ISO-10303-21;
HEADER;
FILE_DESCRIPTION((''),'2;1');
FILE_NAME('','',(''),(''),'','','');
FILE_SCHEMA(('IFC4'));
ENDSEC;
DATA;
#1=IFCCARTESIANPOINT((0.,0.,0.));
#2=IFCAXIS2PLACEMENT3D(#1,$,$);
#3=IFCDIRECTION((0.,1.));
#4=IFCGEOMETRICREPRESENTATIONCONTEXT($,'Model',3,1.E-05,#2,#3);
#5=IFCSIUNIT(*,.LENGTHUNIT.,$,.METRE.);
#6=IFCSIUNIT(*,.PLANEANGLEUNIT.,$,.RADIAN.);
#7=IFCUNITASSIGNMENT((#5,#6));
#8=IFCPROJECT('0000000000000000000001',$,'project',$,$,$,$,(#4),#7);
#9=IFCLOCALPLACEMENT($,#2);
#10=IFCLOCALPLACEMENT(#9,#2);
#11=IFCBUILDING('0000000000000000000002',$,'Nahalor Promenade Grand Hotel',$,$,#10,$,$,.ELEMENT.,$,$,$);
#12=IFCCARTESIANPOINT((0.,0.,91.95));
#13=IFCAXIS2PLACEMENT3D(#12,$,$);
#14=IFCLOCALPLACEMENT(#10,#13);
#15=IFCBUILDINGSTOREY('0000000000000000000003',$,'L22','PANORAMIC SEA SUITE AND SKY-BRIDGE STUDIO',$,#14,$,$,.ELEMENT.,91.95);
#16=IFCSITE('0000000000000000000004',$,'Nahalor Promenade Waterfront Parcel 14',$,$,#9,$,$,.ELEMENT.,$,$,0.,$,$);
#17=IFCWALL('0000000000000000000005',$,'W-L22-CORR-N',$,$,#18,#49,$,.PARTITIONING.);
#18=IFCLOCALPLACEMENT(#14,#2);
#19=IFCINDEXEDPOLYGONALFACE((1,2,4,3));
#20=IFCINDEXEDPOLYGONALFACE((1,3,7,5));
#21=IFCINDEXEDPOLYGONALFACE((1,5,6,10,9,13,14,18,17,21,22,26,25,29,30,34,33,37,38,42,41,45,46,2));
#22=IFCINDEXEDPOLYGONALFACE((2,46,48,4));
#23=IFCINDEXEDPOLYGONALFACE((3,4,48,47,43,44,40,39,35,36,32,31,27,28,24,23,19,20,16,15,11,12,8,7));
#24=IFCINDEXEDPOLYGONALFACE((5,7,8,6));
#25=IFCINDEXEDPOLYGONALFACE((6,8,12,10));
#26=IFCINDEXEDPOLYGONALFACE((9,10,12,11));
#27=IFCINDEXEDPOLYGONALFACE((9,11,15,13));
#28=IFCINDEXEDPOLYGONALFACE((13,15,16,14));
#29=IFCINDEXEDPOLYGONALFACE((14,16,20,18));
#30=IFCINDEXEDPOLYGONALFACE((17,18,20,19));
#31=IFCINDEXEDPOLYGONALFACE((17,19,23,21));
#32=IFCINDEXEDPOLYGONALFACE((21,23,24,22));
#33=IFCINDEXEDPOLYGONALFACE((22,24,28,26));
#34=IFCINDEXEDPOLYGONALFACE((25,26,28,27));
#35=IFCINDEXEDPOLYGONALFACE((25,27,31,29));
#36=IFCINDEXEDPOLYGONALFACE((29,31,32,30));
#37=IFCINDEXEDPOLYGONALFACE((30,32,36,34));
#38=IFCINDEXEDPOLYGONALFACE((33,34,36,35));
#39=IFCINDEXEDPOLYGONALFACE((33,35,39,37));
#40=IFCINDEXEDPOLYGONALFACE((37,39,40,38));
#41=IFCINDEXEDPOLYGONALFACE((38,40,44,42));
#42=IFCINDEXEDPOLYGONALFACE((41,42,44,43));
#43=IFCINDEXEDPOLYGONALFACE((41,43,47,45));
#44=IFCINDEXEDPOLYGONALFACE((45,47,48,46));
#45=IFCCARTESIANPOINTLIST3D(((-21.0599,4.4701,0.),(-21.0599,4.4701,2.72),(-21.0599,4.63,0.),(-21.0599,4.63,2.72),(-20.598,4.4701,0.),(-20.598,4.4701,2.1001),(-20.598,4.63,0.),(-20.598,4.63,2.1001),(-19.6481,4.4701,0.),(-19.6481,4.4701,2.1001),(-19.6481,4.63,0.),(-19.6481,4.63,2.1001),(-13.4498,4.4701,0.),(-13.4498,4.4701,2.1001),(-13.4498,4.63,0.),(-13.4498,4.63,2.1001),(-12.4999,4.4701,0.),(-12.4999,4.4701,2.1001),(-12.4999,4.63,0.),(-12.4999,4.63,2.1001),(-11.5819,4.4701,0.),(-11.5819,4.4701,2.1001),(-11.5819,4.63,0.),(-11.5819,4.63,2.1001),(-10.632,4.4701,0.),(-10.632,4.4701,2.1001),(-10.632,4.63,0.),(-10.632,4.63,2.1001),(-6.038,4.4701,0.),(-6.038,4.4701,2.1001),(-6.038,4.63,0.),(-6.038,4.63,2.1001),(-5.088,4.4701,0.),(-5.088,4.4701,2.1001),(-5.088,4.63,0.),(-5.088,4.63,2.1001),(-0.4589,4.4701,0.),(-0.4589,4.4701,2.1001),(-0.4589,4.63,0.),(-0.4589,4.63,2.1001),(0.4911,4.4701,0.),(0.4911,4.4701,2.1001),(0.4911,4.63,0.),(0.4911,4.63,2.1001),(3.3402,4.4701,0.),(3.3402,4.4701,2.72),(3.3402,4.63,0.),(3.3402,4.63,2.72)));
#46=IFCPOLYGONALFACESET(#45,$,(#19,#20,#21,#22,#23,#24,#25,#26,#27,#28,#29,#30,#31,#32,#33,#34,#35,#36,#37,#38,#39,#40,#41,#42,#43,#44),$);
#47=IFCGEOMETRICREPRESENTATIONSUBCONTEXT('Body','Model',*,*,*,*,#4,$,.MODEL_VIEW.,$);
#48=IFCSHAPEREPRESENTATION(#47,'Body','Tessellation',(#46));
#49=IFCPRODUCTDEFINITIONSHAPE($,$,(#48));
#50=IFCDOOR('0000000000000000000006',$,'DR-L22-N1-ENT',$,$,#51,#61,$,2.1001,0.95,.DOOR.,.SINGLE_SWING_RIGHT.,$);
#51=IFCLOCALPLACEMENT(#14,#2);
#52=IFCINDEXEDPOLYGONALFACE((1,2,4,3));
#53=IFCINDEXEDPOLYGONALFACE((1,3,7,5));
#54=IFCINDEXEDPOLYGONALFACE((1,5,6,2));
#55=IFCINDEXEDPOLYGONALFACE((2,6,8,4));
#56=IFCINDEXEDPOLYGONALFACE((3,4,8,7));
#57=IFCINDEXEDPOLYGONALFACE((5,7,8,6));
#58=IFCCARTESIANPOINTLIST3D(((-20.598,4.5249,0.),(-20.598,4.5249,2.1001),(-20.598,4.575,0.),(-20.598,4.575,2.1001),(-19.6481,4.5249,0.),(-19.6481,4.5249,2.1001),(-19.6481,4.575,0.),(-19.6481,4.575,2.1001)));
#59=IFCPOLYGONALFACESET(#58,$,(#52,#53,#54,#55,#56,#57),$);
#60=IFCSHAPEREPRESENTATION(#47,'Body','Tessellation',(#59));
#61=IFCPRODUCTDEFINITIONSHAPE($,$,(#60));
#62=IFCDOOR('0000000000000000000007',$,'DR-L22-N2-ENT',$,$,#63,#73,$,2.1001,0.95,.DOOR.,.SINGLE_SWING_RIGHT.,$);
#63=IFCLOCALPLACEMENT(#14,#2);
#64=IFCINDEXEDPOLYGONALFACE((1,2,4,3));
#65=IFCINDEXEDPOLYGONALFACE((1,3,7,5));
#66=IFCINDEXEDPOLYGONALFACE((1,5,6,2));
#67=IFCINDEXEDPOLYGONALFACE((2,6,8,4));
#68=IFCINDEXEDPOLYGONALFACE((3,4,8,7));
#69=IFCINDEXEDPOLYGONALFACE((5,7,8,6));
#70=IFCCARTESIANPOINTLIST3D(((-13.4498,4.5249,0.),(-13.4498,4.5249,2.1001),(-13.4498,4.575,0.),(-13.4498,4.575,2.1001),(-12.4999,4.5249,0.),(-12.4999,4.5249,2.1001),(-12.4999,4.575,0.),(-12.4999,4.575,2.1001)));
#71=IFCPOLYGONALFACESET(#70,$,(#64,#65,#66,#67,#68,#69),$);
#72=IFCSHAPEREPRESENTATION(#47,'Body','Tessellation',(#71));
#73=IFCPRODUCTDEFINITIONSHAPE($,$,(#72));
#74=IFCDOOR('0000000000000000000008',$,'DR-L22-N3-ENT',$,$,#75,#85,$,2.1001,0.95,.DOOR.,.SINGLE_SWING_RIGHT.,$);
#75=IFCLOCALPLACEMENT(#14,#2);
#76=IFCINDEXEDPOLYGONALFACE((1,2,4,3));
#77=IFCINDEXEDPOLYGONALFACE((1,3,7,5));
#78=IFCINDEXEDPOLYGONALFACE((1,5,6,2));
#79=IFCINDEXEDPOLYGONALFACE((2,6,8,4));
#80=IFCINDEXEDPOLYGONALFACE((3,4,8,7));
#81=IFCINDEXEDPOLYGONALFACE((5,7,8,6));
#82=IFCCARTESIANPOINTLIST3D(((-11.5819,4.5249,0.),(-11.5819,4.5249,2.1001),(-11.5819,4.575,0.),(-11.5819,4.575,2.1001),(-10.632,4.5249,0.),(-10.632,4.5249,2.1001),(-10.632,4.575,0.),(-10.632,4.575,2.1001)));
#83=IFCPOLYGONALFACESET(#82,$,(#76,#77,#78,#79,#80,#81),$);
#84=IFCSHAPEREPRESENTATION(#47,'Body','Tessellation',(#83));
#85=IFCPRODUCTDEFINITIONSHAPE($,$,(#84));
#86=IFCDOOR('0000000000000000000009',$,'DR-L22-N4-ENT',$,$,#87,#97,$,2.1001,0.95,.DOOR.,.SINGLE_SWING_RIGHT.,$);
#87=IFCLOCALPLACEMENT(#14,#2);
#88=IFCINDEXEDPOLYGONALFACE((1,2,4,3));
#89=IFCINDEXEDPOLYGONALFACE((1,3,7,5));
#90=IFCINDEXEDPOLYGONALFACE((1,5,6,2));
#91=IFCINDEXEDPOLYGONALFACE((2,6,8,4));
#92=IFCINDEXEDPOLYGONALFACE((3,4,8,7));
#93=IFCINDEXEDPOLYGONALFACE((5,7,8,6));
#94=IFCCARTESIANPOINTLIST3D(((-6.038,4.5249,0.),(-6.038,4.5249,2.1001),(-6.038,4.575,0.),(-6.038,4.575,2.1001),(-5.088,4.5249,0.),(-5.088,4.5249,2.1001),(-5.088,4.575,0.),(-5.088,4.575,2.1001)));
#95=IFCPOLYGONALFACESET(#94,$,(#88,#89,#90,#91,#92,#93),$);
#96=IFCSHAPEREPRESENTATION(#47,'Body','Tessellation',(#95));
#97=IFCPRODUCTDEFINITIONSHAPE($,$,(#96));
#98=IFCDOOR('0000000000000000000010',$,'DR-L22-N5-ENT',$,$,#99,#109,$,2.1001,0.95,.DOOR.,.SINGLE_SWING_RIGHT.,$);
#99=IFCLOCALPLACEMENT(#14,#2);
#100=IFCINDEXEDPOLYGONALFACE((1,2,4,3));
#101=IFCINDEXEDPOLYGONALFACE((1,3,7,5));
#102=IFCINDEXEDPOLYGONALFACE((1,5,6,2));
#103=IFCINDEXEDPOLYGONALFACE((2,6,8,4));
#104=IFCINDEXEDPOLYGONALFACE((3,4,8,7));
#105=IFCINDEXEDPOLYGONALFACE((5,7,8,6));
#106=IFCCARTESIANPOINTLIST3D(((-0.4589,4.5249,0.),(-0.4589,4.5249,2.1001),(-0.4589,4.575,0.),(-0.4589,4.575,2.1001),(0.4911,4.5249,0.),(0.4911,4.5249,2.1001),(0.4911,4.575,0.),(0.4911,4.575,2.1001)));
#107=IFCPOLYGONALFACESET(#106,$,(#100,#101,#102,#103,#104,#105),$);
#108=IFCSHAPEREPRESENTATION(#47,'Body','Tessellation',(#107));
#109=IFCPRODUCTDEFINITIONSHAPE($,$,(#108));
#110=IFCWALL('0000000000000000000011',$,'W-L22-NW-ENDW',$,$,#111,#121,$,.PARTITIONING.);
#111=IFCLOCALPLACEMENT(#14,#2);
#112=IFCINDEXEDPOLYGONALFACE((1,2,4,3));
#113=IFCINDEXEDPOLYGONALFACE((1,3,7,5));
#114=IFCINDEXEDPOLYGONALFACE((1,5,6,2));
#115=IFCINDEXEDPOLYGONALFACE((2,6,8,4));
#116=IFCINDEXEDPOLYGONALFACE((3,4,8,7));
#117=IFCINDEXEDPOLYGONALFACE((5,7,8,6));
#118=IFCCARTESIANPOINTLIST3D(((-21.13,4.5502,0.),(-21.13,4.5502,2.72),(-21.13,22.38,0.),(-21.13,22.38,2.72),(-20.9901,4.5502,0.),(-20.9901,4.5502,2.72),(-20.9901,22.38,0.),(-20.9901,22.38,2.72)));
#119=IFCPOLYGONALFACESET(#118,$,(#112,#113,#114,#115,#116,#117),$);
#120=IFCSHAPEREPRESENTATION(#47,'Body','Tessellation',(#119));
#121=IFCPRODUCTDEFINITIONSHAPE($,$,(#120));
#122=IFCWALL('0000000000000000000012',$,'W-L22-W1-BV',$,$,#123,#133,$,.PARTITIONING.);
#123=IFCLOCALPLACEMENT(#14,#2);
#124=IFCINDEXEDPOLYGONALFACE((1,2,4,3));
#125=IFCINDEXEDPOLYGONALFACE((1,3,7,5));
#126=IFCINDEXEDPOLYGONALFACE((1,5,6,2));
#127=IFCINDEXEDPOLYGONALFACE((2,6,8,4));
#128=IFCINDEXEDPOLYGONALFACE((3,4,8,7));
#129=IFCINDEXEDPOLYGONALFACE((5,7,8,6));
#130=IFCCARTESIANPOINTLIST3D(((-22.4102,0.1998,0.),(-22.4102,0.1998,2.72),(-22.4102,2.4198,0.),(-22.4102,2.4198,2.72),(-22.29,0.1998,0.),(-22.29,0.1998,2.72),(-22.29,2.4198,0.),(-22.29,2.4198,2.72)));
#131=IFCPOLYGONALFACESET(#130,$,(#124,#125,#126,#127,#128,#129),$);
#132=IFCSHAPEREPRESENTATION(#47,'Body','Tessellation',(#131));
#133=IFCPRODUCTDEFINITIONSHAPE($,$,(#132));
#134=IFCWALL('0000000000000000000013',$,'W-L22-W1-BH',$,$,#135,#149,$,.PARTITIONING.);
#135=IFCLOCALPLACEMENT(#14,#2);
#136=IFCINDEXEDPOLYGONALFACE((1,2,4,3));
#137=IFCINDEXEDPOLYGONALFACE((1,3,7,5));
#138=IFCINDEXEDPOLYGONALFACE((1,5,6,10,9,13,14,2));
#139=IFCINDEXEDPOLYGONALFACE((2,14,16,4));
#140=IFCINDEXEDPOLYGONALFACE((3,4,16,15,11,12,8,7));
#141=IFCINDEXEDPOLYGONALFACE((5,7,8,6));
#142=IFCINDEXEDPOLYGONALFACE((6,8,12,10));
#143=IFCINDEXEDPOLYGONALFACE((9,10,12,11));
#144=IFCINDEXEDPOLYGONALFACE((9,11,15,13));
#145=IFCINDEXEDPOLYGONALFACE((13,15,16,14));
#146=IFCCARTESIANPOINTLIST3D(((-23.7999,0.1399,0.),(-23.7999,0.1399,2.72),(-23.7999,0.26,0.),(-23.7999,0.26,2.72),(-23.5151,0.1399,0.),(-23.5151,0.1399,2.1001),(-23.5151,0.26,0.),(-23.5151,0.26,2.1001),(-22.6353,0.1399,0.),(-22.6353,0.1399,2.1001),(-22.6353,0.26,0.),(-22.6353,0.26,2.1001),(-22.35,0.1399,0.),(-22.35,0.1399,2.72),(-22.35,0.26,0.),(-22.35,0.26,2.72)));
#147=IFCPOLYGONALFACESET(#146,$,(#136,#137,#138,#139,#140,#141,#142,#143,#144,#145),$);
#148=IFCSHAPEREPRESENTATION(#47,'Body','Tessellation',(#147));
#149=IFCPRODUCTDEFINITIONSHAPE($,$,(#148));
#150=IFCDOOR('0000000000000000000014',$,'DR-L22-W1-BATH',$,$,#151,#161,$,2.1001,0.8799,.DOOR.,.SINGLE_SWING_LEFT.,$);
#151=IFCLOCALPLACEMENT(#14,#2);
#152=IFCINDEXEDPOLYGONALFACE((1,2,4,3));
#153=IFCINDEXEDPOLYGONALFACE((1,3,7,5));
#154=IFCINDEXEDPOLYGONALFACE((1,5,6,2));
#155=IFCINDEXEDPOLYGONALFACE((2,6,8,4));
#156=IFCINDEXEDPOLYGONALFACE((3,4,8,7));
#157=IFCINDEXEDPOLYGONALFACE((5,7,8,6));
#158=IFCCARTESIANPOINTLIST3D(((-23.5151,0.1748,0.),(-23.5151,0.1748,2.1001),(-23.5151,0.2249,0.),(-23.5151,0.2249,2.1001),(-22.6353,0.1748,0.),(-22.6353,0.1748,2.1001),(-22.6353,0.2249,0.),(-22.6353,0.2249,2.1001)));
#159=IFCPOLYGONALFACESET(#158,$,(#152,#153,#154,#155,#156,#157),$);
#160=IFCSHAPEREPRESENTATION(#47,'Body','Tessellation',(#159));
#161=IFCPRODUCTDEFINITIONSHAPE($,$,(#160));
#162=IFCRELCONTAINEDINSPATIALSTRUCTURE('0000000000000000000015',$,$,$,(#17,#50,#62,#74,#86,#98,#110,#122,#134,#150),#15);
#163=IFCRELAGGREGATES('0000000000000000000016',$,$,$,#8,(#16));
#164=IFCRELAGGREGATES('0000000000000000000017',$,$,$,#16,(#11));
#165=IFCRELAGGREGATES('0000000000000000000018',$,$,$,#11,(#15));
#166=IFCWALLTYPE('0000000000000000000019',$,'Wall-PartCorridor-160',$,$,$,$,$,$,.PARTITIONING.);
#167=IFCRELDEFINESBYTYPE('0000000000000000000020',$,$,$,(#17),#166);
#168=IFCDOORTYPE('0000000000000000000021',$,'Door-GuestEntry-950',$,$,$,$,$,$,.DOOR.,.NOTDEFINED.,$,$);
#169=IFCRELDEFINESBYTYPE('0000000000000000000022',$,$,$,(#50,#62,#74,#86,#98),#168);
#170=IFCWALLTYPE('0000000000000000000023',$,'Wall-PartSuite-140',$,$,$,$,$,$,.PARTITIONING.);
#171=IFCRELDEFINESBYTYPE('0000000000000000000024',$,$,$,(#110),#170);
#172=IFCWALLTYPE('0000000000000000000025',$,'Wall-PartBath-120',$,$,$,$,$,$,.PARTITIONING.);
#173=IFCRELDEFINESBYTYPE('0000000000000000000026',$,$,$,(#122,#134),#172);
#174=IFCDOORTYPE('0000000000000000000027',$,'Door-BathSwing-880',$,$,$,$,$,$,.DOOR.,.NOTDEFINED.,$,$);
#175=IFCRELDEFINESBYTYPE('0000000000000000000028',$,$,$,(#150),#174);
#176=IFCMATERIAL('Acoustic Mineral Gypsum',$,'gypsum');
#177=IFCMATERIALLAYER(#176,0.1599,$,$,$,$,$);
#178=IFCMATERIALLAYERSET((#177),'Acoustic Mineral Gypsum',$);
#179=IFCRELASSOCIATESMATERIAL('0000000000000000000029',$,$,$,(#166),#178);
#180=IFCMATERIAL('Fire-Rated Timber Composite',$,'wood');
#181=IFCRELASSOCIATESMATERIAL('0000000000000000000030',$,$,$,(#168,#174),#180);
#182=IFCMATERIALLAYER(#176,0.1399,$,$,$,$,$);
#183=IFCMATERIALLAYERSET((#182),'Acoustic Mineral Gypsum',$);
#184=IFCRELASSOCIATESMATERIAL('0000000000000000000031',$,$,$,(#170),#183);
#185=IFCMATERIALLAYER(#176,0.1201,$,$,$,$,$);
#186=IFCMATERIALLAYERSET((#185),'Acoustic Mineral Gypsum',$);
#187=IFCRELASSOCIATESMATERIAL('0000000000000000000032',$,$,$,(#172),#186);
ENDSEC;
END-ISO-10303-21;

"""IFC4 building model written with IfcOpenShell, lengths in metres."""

from ifc_helpers import new_model, si_unit, direction, frame, frame_2d, origin, place, context, subcontext, project, spatial, rectangle, extrude, source, transform, mapped, material, layer, layer_set, type_object, element, fill, save


model = new_model("IFC4")

# Units and contexts
model_context = context("Model", 3, precision=1e-05, world=origin(), true_north=direction((0.0, 1.0)))
body_context = subcontext(model_context, "Body", "Model", "MODEL_VIEW")
ifc_project = project(units=[si_unit("LENGTHUNIT", "METRE"), si_unit("PLANEANGLEUNIT", "RADIAN")], contexts=[model_context])

# Site, building, storey
site_placement = place(None, origin())
site = spatial("IfcSite", under=ifc_project, at=site_placement, Name="Nahalor Promenade Waterfront Parcel 14", CompositionType="ELEMENT", RefElevation=0.0)
building_placement = place(site_placement, origin())
building = spatial("IfcBuilding", under=site, at=building_placement, Name="Nahalor Promenade Grand Hotel", CompositionType="ELEMENT")
storey_placement = place(building_placement, frame((0.0, 0.0, 91.95)))
storey = spatial("IfcBuildingStorey", under=building, at=storey_placement, Name="L22", Description="PANORAMIC SEA SUITE AND SKY-BRIDGE STUDIO", CompositionType="ELEMENT", Elevation=91.95)

# Wall, openings, doors
ifc_material_1 = material(Name="Acoustic Mineral Gypsum", Category="gypsum")
ifc_layer_1 = layer(ifc_material_1, 0.1599)
ifc_layer_set_1 = layer_set([ifc_layer_1], Name="Acoustic Mineral Gypsum")
wall_type_1 = type_object("IfcWallType", Name="Wall-PartCorridor-160", PredefinedType="PARTITIONING", material=ifc_layer_set_1)
shared_shape_1 = source(origin(), body_context, "Body", "SweptSolid", [
    extrude(rectangle(XDim=24.4001, YDim=0.1599, at=frame_2d((12.2002, 0.0))), origin(), (0.0, 0.0, 1.0), 2.72),
])
wall_1_placement = place(storey_placement, frame((-21.0601, 4.55, 0.0), z_axis=(0.0, 0.0, 1.0), x_axis=(1.0, 0.0, 0.0)))
wall_1 = element("IfcWall", 1, at=wall_1_placement, inside=storey, type_object=wall_type_1, Name="W-L22-CORR-N", PredefinedType="PARTITIONING", context=body_context, shape_type="MappedRepresentation", body=[
    mapped(shared_shape_1, transform((0.0, 0.0, 0.0), scale=1.0)),
])
opening_1_placement = place(wall_1_placement, frame((0.4619, 0.0, 0.0)))
opening_1 = element("IfcOpeningElement", 2, at=opening_1_placement, cuts=wall_1, PredefinedType="OPENING", context=body_context, shape_type="SweptSolid", body=[
    extrude(rectangle(XDim=0.95, YDim=2.1001, at=frame_2d((0.4751, 1.05))), frame((0.0, 0.0898, 0.0), z_axis=(0.0, -1.0, 0.0), x_axis=(1.0, 0.0, 0.0)), (0.0, 0.0, 1.0), 0.1799),
])
opening_2_placement = place(wall_1_placement, frame((7.6101, 0.0, 0.0)))
opening_2 = element("IfcOpeningElement", 3, at=opening_2_placement, cuts=wall_1, PredefinedType="OPENING", context=body_context, shape_type="SweptSolid", body=[
    extrude(rectangle(XDim=0.95, YDim=2.1001, at=frame_2d((0.4751, 1.05))), frame((0.0, 0.0898, 0.0), z_axis=(0.0, -1.0, 0.0), x_axis=(1.0, 0.0, 0.0)), (0.0, 0.0, 1.0), 0.1799),
])
opening_3_placement = place(wall_1_placement, frame((9.478, 0.0, 0.0)))
opening_3 = element("IfcOpeningElement", 4, at=opening_3_placement, cuts=wall_1, PredefinedType="OPENING", context=body_context, shape_type="SweptSolid", body=[
    extrude(rectangle(XDim=0.95, YDim=2.1001, at=frame_2d((0.4751, 1.05))), frame((0.0, 0.0898, 0.0), z_axis=(0.0, -1.0, 0.0), x_axis=(1.0, 0.0, 0.0)), (0.0, 0.0, 1.0), 0.1799),
])
opening_4_placement = place(wall_1_placement, frame((15.022, 0.0, 0.0)))
opening_4 = element("IfcOpeningElement", 5, at=opening_4_placement, cuts=wall_1, PredefinedType="OPENING", context=body_context, shape_type="SweptSolid", body=[
    extrude(rectangle(XDim=0.95, YDim=2.1001, at=frame_2d((0.4751, 1.05))), frame((0.0, 0.0898, 0.0), z_axis=(0.0, -1.0, 0.0), x_axis=(1.0, 0.0, 0.0)), (0.0, 0.0, 1.0), 0.1799),
])
opening_5_placement = place(wall_1_placement, frame((20.6011, 0.0, 0.0)))
opening_5 = element("IfcOpeningElement", 6, at=opening_5_placement, cuts=wall_1, PredefinedType="OPENING", context=body_context, shape_type="SweptSolid", body=[
    extrude(rectangle(XDim=0.95, YDim=2.1001, at=frame_2d((0.4751, 1.05))), frame((0.0, 0.0898, 0.0), z_axis=(0.0, -1.0, 0.0), x_axis=(1.0, 0.0, 0.0)), (0.0, 0.0, 1.0), 0.1799),
])
ifc_material_2 = material(Name="Fire-Rated Timber Composite", Category="wood")
door_type_1 = type_object("IfcDoorType", Name="Door-GuestEntry-950", OperationType="NOTDEFINED", PredefinedType="DOOR", material=ifc_material_2)
shared_shape_2 = source(origin(), body_context, "Body", "SweptSolid", [
    extrude(rectangle(XDim=0.95, YDim=2.1001, at=frame_2d((0.4751, 1.05))), frame((0.0, 0.0249, 0.0), z_axis=(0.0, -1.0, 0.0), x_axis=(1.0, 0.0, 0.0)), (0.0, 0.0, 1.0), 0.05),
])
door_1_placement = place(opening_1_placement, origin())
door_1 = element("IfcDoor", 7, at=door_1_placement, inside=storey, type_object=door_type_1, Name="DR-L22-N1-ENT", OperationType="SINGLE_SWING_RIGHT", OverallHeight=2.1001, OverallWidth=0.95, PredefinedType="DOOR", context=body_context, shape_type="MappedRepresentation", body=[
    mapped(shared_shape_2, transform((0.0, 0.0, 0.0), scale=1.0)),
])
fill(opening_1, door_1)
door_2_placement = place(opening_2_placement, origin())
door_2 = element("IfcDoor", 8, at=door_2_placement, inside=storey, type_object=door_type_1, Name="DR-L22-N2-ENT", OperationType="SINGLE_SWING_RIGHT", OverallHeight=2.1001, OverallWidth=0.95, PredefinedType="DOOR", context=body_context, shape_type="MappedRepresentation", body=[
    mapped(shared_shape_2, transform((0.0, 0.0, 0.0), scale=1.0)),
])
fill(opening_2, door_2)
door_3_placement = place(opening_3_placement, origin())
door_3 = element("IfcDoor", 9, at=door_3_placement, inside=storey, type_object=door_type_1, Name="DR-L22-N3-ENT", OperationType="SINGLE_SWING_RIGHT", OverallHeight=2.1001, OverallWidth=0.95, PredefinedType="DOOR", context=body_context, shape_type="MappedRepresentation", body=[
    mapped(shared_shape_2, transform((0.0, 0.0, 0.0), scale=1.0)),
])
fill(opening_3, door_3)
door_4_placement = place(opening_4_placement, origin())
door_4 = element("IfcDoor", 10, at=door_4_placement, inside=storey, type_object=door_type_1, Name="DR-L22-N4-ENT", OperationType="SINGLE_SWING_RIGHT", OverallHeight=2.1001, OverallWidth=0.95, PredefinedType="DOOR", context=body_context, shape_type="MappedRepresentation", body=[
    mapped(shared_shape_2, transform((0.0, 0.0, 0.0), scale=1.0)),
])
fill(opening_4, door_4)
door_5_placement = place(opening_5_placement, origin())
door_5 = element("IfcDoor", 11, at=door_5_placement, inside=storey, type_object=door_type_1, Name="DR-L22-N5-ENT", OperationType="SINGLE_SWING_RIGHT", OverallHeight=2.1001, OverallWidth=0.95, PredefinedType="DOOR", context=body_context, shape_type="MappedRepresentation", body=[
    mapped(shared_shape_2, transform((0.0, 0.0, 0.0), scale=1.0)),
])
fill(opening_5, door_5)

# Walls
ifc_layer_2 = layer(ifc_material_1, 0.1399)
ifc_layer_set_2 = layer_set([ifc_layer_2], Name="Acoustic Mineral Gypsum")
wall_type_2 = type_object("IfcWallType", Name="Wall-PartSuite-140", PredefinedType="PARTITIONING", material=ifc_layer_set_2)
shared_shape_3 = source(origin(), body_context, "Body", "SweptSolid", [
    extrude(rectangle(XDim=17.8298, YDim=0.1399, at=frame_2d((8.915, 0.0))), origin(), (0.0, 0.0, 1.0), 2.72),
])
wall_2_placement = place(storey_placement, frame((-21.0601, 4.55, 0.0), z_axis=(0.0, 0.0, 1.0), x_axis=(0.0, 1.0, 0.0)))
element("IfcWall", 12, at=wall_2_placement, inside=storey, type_object=wall_type_2, Name="W-L22-NW-ENDW", PredefinedType="PARTITIONING", context=body_context, shape_type="MappedRepresentation", body=[
    mapped(shared_shape_3, transform((0.0, 0.0, 0.0), scale=1.0)),
])
ifc_layer_3 = layer(ifc_material_1, 0.1201)
ifc_layer_set_3 = layer_set([ifc_layer_3], Name="Acoustic Mineral Gypsum")
wall_type_3 = type_object("IfcWallType", Name="Wall-PartBath-120", PredefinedType="PARTITIONING", material=ifc_layer_set_3)
shared_shape_4 = source(origin(), body_context, "Body", "SweptSolid", [
    extrude(rectangle(XDim=2.22, YDim=0.1201, at=frame_2d((1.1099, 0.0))), origin(), (0.0, 0.0, 1.0), 2.72),
])
wall_3_placement = place(storey_placement, frame((-22.3501, 0.2, 0.0), z_axis=(0.0, 0.0, 1.0), x_axis=(0.0, 1.0, 0.0)))
element("IfcWall", 13, at=wall_3_placement, inside=storey, type_object=wall_type_3, Name="W-L22-W1-BV", PredefinedType="PARTITIONING", context=body_context, shape_type="MappedRepresentation", body=[
    mapped(shared_shape_4, transform((0.0, 0.0, 0.0), scale=1.0)),
])

# Wall, opening, door
shared_shape_5 = source(origin(), body_context, "Body", "SweptSolid", [
    extrude(rectangle(XDim=1.45, YDim=0.1201, at=frame_2d((0.7251, 0.0))), origin(), (0.0, 0.0, 1.0), 2.72),
])
wall_4_placement = place(storey_placement, frame((-23.8, 0.2, 0.0), z_axis=(0.0, 0.0, 1.0), x_axis=(1.0, 0.0, 0.0)))
wall_4 = element("IfcWall", 14, at=wall_4_placement, inside=storey, type_object=wall_type_3, Name="W-L22-W1-BH", PredefinedType="PARTITIONING", context=body_context, shape_type="MappedRepresentation", body=[
    mapped(shared_shape_5, transform((0.0, 0.0, 0.0), scale=1.0)),
])
opening_6_placement = place(wall_4_placement, frame((0.2849, 0.0, 0.0)))
opening_6 = element("IfcOpeningElement", 15, at=opening_6_placement, cuts=wall_4, PredefinedType="OPENING", context=body_context, shape_type="SweptSolid", body=[
    extrude(rectangle(XDim=0.8799, YDim=2.1001, at=frame_2d((0.4399, 1.05))), frame((0.0, 0.0701, 0.0), z_axis=(0.0, -1.0, 0.0), x_axis=(1.0, 0.0, 0.0)), (0.0, 0.0, 1.0), 0.1401),
])
door_type_2 = type_object("IfcDoorType", Name="Door-BathSwing-880", OperationType="NOTDEFINED", PredefinedType="DOOR", material=ifc_material_2)
shared_shape_6 = source(origin(), body_context, "Body", "SweptSolid", [
    extrude(rectangle(XDim=0.8799, YDim=2.1001, at=frame_2d((0.4399, 1.05))), frame((0.0, 0.0249, 0.0), z_axis=(0.0, -1.0, 0.0), x_axis=(1.0, 0.0, 0.0)), (0.0, 0.0, 1.0), 0.05),
])
door_6_placement = place(opening_6_placement, origin())
door_6 = element("IfcDoor", 16, at=door_6_placement, inside=storey, type_object=door_type_2, Name="DR-L22-W1-BATH", OperationType="SINGLE_SWING_LEFT", OverallHeight=2.1001, OverallWidth=0.8799, PredefinedType="DOOR", context=body_context, shape_type="MappedRepresentation", body=[
    mapped(shared_shape_6, transform((0.0, 0.0, 0.0), scale=1.0)),
])
fill(opening_6, door_6)

save(model, "model.ifc")
